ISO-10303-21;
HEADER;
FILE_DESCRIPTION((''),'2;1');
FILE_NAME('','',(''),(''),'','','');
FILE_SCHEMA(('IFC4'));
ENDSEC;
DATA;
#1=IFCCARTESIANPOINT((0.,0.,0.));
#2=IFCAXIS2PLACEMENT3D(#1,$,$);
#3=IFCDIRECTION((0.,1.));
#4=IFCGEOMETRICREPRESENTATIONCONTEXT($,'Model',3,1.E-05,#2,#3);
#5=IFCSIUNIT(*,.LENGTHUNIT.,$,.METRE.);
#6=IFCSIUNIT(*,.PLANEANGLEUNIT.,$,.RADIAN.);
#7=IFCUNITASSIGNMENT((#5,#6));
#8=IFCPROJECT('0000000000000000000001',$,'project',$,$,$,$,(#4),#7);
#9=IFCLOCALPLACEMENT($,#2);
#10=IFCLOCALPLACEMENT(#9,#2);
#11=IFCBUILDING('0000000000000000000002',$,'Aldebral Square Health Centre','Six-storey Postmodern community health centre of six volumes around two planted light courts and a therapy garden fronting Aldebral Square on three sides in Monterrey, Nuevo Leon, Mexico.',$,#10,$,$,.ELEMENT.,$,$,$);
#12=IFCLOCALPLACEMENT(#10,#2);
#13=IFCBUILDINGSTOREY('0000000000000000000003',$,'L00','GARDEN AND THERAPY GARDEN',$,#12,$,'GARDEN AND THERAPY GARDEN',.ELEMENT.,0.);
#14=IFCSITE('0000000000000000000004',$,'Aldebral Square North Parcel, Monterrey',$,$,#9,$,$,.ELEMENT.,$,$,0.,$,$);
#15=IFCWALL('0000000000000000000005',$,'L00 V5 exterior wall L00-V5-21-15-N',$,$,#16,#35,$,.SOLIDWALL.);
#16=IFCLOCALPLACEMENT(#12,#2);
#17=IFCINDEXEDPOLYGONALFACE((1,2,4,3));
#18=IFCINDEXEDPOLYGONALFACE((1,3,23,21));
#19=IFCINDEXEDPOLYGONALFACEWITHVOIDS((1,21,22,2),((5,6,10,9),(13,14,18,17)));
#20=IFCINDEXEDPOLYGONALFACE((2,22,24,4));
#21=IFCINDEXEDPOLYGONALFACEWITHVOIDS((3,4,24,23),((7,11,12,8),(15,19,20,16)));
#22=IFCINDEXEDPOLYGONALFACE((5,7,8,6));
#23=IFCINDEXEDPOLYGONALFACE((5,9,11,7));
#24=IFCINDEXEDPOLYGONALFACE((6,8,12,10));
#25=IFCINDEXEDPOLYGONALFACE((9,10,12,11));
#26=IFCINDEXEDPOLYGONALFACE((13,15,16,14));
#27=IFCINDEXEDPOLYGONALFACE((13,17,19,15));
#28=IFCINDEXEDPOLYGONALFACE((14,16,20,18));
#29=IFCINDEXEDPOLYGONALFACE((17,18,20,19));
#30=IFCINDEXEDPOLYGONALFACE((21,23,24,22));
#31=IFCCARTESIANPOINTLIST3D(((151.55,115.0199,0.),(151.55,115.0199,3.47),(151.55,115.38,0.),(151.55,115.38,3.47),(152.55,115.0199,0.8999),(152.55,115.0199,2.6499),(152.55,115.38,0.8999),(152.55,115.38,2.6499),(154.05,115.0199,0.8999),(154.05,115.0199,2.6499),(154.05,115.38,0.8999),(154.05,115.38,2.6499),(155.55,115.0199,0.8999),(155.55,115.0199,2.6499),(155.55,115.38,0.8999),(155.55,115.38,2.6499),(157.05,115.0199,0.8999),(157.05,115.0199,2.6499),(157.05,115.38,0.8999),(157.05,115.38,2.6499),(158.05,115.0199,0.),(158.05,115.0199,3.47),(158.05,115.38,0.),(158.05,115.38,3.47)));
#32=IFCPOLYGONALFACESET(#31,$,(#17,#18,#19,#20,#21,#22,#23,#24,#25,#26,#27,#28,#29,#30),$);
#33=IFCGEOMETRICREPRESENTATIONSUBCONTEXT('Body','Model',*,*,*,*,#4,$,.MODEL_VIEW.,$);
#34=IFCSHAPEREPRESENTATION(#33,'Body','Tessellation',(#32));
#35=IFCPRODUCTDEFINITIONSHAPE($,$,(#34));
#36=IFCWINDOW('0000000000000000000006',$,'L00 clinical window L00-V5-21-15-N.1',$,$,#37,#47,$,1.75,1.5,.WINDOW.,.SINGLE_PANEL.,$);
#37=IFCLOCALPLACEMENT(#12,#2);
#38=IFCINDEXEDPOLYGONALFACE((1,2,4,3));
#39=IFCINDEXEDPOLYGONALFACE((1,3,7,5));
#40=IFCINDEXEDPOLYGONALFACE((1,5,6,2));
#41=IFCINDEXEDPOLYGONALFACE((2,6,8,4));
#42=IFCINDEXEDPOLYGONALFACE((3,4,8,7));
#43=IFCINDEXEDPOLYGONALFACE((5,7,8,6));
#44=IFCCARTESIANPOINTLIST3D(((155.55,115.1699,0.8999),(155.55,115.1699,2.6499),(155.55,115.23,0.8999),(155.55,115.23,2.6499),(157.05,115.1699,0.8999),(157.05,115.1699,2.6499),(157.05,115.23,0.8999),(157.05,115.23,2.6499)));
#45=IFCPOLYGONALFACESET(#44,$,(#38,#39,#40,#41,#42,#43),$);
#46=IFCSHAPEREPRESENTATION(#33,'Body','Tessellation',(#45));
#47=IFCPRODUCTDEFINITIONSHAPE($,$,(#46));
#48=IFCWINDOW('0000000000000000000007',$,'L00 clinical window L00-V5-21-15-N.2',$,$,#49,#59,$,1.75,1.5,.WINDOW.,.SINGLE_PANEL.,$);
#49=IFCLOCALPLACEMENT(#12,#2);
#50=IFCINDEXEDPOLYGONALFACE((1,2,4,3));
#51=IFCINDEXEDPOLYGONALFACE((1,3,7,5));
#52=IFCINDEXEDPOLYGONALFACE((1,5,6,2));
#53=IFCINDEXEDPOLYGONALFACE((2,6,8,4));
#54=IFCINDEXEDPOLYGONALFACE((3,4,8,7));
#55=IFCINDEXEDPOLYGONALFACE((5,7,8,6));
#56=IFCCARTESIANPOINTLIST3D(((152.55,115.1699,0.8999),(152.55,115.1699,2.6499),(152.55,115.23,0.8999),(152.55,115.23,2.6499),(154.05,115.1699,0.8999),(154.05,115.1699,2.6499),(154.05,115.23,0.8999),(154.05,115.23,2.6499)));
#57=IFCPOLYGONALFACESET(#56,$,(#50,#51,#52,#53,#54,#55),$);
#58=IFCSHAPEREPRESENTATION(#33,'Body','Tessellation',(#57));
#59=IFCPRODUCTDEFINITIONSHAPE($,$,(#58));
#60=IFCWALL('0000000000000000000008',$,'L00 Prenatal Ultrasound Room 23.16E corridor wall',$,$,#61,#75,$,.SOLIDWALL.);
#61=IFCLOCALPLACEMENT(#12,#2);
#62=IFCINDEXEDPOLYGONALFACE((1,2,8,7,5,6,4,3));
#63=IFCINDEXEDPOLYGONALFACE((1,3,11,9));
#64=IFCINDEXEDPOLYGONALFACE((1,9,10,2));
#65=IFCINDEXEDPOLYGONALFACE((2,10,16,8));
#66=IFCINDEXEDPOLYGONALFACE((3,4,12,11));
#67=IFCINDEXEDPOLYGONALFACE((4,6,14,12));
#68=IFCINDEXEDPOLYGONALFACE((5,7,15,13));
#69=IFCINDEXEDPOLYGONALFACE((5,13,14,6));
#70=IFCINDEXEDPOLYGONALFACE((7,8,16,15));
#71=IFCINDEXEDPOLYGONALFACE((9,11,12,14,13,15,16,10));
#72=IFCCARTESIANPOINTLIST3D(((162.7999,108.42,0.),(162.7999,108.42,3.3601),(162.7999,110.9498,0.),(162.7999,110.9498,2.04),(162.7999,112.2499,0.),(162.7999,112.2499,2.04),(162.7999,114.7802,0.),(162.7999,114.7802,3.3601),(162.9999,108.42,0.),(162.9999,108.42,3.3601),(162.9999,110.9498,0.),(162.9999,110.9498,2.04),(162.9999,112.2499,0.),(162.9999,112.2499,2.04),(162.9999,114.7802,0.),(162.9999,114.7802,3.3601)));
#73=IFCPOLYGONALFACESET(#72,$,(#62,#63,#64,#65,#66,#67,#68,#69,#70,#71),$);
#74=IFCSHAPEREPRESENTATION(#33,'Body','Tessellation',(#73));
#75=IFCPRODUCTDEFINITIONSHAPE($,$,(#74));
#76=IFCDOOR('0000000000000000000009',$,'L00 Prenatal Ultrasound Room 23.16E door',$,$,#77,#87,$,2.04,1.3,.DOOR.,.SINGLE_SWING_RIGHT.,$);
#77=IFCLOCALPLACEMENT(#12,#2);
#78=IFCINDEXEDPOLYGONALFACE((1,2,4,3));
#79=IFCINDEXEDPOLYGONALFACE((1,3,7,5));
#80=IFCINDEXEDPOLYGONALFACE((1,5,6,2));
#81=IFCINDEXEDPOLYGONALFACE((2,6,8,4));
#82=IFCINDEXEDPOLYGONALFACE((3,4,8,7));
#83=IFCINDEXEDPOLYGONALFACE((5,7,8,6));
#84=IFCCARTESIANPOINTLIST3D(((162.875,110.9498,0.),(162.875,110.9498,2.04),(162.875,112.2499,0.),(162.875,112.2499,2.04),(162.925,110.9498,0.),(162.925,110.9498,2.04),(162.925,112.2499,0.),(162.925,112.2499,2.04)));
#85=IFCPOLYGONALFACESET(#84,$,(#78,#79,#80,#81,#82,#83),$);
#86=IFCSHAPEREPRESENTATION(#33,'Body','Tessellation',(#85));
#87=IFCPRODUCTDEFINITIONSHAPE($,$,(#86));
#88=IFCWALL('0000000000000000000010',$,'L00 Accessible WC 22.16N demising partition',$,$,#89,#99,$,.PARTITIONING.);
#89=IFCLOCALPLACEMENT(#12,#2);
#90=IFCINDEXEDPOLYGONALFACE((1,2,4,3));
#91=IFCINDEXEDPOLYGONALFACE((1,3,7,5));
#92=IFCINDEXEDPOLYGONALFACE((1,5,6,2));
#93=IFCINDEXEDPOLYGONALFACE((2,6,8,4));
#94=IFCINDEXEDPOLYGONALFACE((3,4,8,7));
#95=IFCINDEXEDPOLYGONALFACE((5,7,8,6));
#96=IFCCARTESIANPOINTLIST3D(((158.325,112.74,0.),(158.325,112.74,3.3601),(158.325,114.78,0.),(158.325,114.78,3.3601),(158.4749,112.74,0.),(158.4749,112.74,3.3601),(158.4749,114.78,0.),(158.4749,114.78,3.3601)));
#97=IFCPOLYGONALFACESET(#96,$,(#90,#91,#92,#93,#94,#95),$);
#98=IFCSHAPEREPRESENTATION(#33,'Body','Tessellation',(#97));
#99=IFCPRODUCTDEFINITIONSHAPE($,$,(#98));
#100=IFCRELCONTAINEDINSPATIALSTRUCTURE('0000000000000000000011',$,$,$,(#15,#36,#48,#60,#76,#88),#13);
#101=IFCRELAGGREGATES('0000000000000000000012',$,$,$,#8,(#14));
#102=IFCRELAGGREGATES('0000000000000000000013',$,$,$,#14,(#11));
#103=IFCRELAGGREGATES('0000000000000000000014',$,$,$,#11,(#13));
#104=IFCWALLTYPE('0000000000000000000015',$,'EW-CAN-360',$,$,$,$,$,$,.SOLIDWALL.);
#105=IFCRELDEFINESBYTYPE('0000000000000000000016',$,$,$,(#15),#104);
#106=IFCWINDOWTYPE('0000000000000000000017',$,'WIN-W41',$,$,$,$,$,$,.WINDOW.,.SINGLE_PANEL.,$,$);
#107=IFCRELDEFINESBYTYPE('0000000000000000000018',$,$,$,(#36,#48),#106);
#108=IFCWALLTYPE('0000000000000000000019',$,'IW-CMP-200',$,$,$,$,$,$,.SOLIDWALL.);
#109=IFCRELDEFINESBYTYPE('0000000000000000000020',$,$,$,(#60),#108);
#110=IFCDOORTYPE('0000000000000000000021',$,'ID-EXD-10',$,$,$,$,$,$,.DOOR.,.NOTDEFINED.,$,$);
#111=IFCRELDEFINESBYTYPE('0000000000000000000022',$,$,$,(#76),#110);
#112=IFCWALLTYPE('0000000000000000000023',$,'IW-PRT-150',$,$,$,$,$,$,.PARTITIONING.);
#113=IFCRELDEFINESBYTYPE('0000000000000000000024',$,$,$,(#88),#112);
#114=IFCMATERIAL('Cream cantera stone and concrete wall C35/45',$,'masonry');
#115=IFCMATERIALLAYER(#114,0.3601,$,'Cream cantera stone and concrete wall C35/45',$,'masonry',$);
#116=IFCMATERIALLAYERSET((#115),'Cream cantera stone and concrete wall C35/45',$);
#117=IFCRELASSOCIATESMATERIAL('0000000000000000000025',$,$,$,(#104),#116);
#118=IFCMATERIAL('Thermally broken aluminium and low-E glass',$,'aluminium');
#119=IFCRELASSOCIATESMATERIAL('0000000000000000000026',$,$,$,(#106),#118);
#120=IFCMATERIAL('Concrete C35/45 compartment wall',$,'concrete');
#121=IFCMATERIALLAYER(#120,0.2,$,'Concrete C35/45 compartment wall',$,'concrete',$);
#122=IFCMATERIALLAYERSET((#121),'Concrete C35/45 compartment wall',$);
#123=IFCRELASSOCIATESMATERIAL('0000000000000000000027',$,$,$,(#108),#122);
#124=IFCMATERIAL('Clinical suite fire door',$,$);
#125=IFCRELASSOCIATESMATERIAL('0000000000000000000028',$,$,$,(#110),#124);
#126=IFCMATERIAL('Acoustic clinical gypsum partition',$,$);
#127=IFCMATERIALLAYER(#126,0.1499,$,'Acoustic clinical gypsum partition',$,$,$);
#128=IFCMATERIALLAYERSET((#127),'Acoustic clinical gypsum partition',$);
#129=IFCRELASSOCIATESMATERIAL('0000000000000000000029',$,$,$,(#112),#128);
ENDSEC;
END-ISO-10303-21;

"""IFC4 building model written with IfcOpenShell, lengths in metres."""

from ifc_helpers import new_model, si_unit, direction, frame, frame_2d, origin, place, context, subcontext, project, spatial, rectangle, extrude, material, layer, layer_set, type_object, element, fill, save


model = new_model("IFC4")

# Units and contexts
model_context = context("Model", 3, precision=1e-05, world=origin(), true_north=direction((0.0, 1.0)))
body_context = subcontext(model_context, "Body", "Model", "MODEL_VIEW")
ifc_project = project(units=[si_unit("LENGTHUNIT", "METRE"), si_unit("PLANEANGLEUNIT", "RADIAN")], contexts=[model_context])

# Site, building, storey
site_placement = place(None, origin())
site = spatial("IfcSite", under=ifc_project, at=site_placement, Name="Aldebral Square North Parcel, Monterrey", CompositionType="ELEMENT", RefElevation=0.0)
building_placement = place(site_placement, origin())
building = spatial("IfcBuilding", under=site, at=building_placement, Name="Aldebral Square Health Centre", Description="Six-storey Postmodern community health centre of six volumes around two planted light courts and a therapy garden fronting Aldebral Square on three sides in Monterrey, Nuevo Leon, Mexico.", CompositionType="ELEMENT")
storey_placement = place(building_placement, origin())
storey = spatial("IfcBuildingStorey", under=building, at=storey_placement, Name="L00", Description="GARDEN AND THERAPY GARDEN", LongName="GARDEN AND THERAPY GARDEN", CompositionType="ELEMENT", Elevation=0.0)

# Wall, openings, windows
ifc_material_1 = material(Name="Cream cantera stone and concrete wall C35/45", Category="masonry")
ifc_layer_1 = layer(ifc_material_1, 0.3601, Name="Cream cantera stone and concrete wall C35/45", Category="masonry")
ifc_layer_set_1 = layer_set([ifc_layer_1], Name="Cream cantera stone and concrete wall C35/45")
wall_type_1 = type_object("IfcWallType", Name="EW-CAN-360", PredefinedType="SOLIDWALL", material=ifc_layer_set_1)
wall_1_placement = place(storey_placement, frame((158.05, 115.2, 0.0), z_axis=(0.0, 0.0, 1.0), x_axis=(-1.0, 0.0, 0.0)))
wall_1 = element("IfcWall", 1, at=wall_1_placement, inside=storey, type_object=wall_type_1, Name="L00 V5 exterior wall L00-V5-21-15-N", PredefinedType="SOLIDWALL", context=body_context, shape_type="SweptSolid", body=[
    extrude(rectangle(XDim=6.5, YDim=0.3601, at=frame_2d((3.25, 0.0))), origin(), (0.0, 0.0, 1.0), 3.47),
])
opening_1_placement = place(wall_1_placement, frame((1.0, 0.0, 0.8999)))
opening_1 = element("IfcOpeningElement", 2, at=opening_1_placement, cuts=wall_1, PredefinedType="OPENING", context=body_context, shape_type="SweptSolid", body=[
    extrude(rectangle(XDim=1.5, YDim=1.75, at=frame_2d((0.75, 0.875))), frame((0.0, 0.1899, 0.0), z_axis=(0.0, -1.0, 0.0), x_axis=(1.0, 0.0, 0.0)), (0.0, 0.0, 1.0), 0.3801),
])
opening_2_placement = place(wall_1_placement, frame((4.0, 0.0, 0.8999)))
opening_2 = element("IfcOpeningElement", 3, at=opening_2_placement, cuts=wall_1, PredefinedType="OPENING", context=body_context, shape_type="SweptSolid", body=[
    extrude(rectangle(XDim=1.5, YDim=1.75, at=frame_2d((0.75, 0.875))), frame((0.0, 0.1899, 0.0), z_axis=(0.0, -1.0, 0.0), x_axis=(1.0, 0.0, 0.0)), (0.0, 0.0, 1.0), 0.3801),
])
ifc_material_2 = material(Name="Thermally broken aluminium and low-E glass", Category="aluminium")
window_type = type_object("IfcWindowType", Name="WIN-W41", PartitioningType="SINGLE_PANEL", PredefinedType="WINDOW", material=ifc_material_2)
window_1_placement = place(opening_1_placement, origin())
window_1 = element("IfcWindow", 4, at=window_1_placement, inside=storey, type_object=window_type, Name="L00 clinical window L00-V5-21-15-N.1", OverallHeight=1.75, OverallWidth=1.5, PartitioningType="SINGLE_PANEL", PredefinedType="WINDOW", context=body_context, shape_type="SweptSolid", body=[
    extrude(rectangle(XDim=1.5, YDim=1.75, at=frame_2d((0.75, 0.875))), frame((0.0, 0.03, 0.0), z_axis=(0.0, -1.0, 0.0), x_axis=(1.0, 0.0, 0.0)), (0.0, 0.0, 1.0), 0.0601),
])
fill(opening_1, window_1)
window_2_placement = place(opening_2_placement, origin())
window_2 = element("IfcWindow", 5, at=window_2_placement, inside=storey, type_object=window_type, Name="L00 clinical window L00-V5-21-15-N.2", OverallHeight=1.75, OverallWidth=1.5, PartitioningType="SINGLE_PANEL", PredefinedType="WINDOW", context=body_context, shape_type="SweptSolid", body=[
    extrude(rectangle(XDim=1.5, YDim=1.75, at=frame_2d((0.75, 0.875))), frame((0.0, 0.03, 0.0), z_axis=(0.0, -1.0, 0.0), x_axis=(1.0, 0.0, 0.0)), (0.0, 0.0, 1.0), 0.0601),
])
fill(opening_2, window_2)

# Wall, opening, door
ifc_material_3 = material(Name="Concrete C35/45 compartment wall", Category="concrete")
ifc_layer_2 = layer(ifc_material_3, 0.2, Name="Concrete C35/45 compartment wall", Category="concrete")
ifc_layer_set_2 = layer_set([ifc_layer_2], Name="Concrete C35/45 compartment wall")
wall_type_2 = type_object("IfcWallType", Name="IW-CMP-200", PredefinedType="SOLIDWALL", material=ifc_layer_set_2)
wall_2_placement = place(storey_placement, frame((162.8999, 108.4199, 0.0), z_axis=(0.0, 0.0, 1.0), x_axis=(0.0, 1.0, 0.0)))
wall_2 = element("IfcWall", 6, at=wall_2_placement, inside=storey, type_object=wall_type_2, Name="L00 Prenatal Ultrasound Room 23.16E corridor wall", PredefinedType="SOLIDWALL", context=body_context, shape_type="SweptSolid", body=[
    extrude(rectangle(XDim=6.3601, YDim=0.2, at=frame_2d((3.1802, 0.0))), origin(), (0.0, 0.0, 1.0), 3.3601),
])
opening_3_placement = place(wall_2_placement, frame((2.53, 0.0, 0.0)))
opening_3 = element("IfcOpeningElement", 7, at=opening_3_placement, cuts=wall_2, PredefinedType="OPENING", context=body_context, shape_type="SweptSolid", body=[
    extrude(rectangle(XDim=1.3, YDim=2.04, at=frame_2d((0.6499, 1.02))), frame((0.0, 0.1099, 0.0), z_axis=(0.0, -1.0, 0.0), x_axis=(1.0, 0.0, 0.0)), (0.0, 0.0, 1.0), 0.22),
])
ifc_material_4 = material(Name="Clinical suite fire door")
door_type = type_object("IfcDoorType", Name="ID-EXD-10", OperationType="NOTDEFINED", PredefinedType="DOOR", material=ifc_material_4)
door_placement = place(opening_3_placement, origin())
door = element("IfcDoor", 8, at=door_placement, inside=storey, type_object=door_type, Name="L00 Prenatal Ultrasound Room 23.16E door", OperationType="SINGLE_SWING_RIGHT", OverallHeight=2.04, OverallWidth=1.3, PredefinedType="DOOR", context=body_context, shape_type="SweptSolid", body=[
    extrude(rectangle(XDim=1.3, YDim=2.04, at=frame_2d((0.6499, 1.02))), frame((0.0, 0.0249, 0.0), z_axis=(0.0, -1.0, 0.0), x_axis=(1.0, 0.0, 0.0)), (0.0, 0.0, 1.0), 0.05),
])
fill(opening_3, door)

# Wall
ifc_material_5 = material(Name="Acoustic clinical gypsum partition")
ifc_layer_3 = layer(ifc_material_5, 0.1499, Name="Acoustic clinical gypsum partition")
ifc_layer_set_3 = layer_set([ifc_layer_3], Name="Acoustic clinical gypsum partition")
wall_type_3 = type_object("IfcWallType", Name="IW-PRT-150", PredefinedType="PARTITIONING", material=ifc_layer_set_3)
wall_3_placement = place(storey_placement, frame((158.3999, 112.74, 0.0), z_axis=(0.0, 0.0, 1.0), x_axis=(0.0, 1.0, 0.0)))
element("IfcWall", 9, at=wall_3_placement, inside=storey, type_object=wall_type_3, Name="L00 Accessible WC 22.16N demising partition", PredefinedType="PARTITIONING", context=body_context, shape_type="SweptSolid", body=[
    extrude(rectangle(XDim=2.04, YDim=0.1499, at=frame_2d((1.02, 0.0))), origin(), (0.0, 0.0, 1.0), 3.3601),
])

save(model, "model.ifc")
